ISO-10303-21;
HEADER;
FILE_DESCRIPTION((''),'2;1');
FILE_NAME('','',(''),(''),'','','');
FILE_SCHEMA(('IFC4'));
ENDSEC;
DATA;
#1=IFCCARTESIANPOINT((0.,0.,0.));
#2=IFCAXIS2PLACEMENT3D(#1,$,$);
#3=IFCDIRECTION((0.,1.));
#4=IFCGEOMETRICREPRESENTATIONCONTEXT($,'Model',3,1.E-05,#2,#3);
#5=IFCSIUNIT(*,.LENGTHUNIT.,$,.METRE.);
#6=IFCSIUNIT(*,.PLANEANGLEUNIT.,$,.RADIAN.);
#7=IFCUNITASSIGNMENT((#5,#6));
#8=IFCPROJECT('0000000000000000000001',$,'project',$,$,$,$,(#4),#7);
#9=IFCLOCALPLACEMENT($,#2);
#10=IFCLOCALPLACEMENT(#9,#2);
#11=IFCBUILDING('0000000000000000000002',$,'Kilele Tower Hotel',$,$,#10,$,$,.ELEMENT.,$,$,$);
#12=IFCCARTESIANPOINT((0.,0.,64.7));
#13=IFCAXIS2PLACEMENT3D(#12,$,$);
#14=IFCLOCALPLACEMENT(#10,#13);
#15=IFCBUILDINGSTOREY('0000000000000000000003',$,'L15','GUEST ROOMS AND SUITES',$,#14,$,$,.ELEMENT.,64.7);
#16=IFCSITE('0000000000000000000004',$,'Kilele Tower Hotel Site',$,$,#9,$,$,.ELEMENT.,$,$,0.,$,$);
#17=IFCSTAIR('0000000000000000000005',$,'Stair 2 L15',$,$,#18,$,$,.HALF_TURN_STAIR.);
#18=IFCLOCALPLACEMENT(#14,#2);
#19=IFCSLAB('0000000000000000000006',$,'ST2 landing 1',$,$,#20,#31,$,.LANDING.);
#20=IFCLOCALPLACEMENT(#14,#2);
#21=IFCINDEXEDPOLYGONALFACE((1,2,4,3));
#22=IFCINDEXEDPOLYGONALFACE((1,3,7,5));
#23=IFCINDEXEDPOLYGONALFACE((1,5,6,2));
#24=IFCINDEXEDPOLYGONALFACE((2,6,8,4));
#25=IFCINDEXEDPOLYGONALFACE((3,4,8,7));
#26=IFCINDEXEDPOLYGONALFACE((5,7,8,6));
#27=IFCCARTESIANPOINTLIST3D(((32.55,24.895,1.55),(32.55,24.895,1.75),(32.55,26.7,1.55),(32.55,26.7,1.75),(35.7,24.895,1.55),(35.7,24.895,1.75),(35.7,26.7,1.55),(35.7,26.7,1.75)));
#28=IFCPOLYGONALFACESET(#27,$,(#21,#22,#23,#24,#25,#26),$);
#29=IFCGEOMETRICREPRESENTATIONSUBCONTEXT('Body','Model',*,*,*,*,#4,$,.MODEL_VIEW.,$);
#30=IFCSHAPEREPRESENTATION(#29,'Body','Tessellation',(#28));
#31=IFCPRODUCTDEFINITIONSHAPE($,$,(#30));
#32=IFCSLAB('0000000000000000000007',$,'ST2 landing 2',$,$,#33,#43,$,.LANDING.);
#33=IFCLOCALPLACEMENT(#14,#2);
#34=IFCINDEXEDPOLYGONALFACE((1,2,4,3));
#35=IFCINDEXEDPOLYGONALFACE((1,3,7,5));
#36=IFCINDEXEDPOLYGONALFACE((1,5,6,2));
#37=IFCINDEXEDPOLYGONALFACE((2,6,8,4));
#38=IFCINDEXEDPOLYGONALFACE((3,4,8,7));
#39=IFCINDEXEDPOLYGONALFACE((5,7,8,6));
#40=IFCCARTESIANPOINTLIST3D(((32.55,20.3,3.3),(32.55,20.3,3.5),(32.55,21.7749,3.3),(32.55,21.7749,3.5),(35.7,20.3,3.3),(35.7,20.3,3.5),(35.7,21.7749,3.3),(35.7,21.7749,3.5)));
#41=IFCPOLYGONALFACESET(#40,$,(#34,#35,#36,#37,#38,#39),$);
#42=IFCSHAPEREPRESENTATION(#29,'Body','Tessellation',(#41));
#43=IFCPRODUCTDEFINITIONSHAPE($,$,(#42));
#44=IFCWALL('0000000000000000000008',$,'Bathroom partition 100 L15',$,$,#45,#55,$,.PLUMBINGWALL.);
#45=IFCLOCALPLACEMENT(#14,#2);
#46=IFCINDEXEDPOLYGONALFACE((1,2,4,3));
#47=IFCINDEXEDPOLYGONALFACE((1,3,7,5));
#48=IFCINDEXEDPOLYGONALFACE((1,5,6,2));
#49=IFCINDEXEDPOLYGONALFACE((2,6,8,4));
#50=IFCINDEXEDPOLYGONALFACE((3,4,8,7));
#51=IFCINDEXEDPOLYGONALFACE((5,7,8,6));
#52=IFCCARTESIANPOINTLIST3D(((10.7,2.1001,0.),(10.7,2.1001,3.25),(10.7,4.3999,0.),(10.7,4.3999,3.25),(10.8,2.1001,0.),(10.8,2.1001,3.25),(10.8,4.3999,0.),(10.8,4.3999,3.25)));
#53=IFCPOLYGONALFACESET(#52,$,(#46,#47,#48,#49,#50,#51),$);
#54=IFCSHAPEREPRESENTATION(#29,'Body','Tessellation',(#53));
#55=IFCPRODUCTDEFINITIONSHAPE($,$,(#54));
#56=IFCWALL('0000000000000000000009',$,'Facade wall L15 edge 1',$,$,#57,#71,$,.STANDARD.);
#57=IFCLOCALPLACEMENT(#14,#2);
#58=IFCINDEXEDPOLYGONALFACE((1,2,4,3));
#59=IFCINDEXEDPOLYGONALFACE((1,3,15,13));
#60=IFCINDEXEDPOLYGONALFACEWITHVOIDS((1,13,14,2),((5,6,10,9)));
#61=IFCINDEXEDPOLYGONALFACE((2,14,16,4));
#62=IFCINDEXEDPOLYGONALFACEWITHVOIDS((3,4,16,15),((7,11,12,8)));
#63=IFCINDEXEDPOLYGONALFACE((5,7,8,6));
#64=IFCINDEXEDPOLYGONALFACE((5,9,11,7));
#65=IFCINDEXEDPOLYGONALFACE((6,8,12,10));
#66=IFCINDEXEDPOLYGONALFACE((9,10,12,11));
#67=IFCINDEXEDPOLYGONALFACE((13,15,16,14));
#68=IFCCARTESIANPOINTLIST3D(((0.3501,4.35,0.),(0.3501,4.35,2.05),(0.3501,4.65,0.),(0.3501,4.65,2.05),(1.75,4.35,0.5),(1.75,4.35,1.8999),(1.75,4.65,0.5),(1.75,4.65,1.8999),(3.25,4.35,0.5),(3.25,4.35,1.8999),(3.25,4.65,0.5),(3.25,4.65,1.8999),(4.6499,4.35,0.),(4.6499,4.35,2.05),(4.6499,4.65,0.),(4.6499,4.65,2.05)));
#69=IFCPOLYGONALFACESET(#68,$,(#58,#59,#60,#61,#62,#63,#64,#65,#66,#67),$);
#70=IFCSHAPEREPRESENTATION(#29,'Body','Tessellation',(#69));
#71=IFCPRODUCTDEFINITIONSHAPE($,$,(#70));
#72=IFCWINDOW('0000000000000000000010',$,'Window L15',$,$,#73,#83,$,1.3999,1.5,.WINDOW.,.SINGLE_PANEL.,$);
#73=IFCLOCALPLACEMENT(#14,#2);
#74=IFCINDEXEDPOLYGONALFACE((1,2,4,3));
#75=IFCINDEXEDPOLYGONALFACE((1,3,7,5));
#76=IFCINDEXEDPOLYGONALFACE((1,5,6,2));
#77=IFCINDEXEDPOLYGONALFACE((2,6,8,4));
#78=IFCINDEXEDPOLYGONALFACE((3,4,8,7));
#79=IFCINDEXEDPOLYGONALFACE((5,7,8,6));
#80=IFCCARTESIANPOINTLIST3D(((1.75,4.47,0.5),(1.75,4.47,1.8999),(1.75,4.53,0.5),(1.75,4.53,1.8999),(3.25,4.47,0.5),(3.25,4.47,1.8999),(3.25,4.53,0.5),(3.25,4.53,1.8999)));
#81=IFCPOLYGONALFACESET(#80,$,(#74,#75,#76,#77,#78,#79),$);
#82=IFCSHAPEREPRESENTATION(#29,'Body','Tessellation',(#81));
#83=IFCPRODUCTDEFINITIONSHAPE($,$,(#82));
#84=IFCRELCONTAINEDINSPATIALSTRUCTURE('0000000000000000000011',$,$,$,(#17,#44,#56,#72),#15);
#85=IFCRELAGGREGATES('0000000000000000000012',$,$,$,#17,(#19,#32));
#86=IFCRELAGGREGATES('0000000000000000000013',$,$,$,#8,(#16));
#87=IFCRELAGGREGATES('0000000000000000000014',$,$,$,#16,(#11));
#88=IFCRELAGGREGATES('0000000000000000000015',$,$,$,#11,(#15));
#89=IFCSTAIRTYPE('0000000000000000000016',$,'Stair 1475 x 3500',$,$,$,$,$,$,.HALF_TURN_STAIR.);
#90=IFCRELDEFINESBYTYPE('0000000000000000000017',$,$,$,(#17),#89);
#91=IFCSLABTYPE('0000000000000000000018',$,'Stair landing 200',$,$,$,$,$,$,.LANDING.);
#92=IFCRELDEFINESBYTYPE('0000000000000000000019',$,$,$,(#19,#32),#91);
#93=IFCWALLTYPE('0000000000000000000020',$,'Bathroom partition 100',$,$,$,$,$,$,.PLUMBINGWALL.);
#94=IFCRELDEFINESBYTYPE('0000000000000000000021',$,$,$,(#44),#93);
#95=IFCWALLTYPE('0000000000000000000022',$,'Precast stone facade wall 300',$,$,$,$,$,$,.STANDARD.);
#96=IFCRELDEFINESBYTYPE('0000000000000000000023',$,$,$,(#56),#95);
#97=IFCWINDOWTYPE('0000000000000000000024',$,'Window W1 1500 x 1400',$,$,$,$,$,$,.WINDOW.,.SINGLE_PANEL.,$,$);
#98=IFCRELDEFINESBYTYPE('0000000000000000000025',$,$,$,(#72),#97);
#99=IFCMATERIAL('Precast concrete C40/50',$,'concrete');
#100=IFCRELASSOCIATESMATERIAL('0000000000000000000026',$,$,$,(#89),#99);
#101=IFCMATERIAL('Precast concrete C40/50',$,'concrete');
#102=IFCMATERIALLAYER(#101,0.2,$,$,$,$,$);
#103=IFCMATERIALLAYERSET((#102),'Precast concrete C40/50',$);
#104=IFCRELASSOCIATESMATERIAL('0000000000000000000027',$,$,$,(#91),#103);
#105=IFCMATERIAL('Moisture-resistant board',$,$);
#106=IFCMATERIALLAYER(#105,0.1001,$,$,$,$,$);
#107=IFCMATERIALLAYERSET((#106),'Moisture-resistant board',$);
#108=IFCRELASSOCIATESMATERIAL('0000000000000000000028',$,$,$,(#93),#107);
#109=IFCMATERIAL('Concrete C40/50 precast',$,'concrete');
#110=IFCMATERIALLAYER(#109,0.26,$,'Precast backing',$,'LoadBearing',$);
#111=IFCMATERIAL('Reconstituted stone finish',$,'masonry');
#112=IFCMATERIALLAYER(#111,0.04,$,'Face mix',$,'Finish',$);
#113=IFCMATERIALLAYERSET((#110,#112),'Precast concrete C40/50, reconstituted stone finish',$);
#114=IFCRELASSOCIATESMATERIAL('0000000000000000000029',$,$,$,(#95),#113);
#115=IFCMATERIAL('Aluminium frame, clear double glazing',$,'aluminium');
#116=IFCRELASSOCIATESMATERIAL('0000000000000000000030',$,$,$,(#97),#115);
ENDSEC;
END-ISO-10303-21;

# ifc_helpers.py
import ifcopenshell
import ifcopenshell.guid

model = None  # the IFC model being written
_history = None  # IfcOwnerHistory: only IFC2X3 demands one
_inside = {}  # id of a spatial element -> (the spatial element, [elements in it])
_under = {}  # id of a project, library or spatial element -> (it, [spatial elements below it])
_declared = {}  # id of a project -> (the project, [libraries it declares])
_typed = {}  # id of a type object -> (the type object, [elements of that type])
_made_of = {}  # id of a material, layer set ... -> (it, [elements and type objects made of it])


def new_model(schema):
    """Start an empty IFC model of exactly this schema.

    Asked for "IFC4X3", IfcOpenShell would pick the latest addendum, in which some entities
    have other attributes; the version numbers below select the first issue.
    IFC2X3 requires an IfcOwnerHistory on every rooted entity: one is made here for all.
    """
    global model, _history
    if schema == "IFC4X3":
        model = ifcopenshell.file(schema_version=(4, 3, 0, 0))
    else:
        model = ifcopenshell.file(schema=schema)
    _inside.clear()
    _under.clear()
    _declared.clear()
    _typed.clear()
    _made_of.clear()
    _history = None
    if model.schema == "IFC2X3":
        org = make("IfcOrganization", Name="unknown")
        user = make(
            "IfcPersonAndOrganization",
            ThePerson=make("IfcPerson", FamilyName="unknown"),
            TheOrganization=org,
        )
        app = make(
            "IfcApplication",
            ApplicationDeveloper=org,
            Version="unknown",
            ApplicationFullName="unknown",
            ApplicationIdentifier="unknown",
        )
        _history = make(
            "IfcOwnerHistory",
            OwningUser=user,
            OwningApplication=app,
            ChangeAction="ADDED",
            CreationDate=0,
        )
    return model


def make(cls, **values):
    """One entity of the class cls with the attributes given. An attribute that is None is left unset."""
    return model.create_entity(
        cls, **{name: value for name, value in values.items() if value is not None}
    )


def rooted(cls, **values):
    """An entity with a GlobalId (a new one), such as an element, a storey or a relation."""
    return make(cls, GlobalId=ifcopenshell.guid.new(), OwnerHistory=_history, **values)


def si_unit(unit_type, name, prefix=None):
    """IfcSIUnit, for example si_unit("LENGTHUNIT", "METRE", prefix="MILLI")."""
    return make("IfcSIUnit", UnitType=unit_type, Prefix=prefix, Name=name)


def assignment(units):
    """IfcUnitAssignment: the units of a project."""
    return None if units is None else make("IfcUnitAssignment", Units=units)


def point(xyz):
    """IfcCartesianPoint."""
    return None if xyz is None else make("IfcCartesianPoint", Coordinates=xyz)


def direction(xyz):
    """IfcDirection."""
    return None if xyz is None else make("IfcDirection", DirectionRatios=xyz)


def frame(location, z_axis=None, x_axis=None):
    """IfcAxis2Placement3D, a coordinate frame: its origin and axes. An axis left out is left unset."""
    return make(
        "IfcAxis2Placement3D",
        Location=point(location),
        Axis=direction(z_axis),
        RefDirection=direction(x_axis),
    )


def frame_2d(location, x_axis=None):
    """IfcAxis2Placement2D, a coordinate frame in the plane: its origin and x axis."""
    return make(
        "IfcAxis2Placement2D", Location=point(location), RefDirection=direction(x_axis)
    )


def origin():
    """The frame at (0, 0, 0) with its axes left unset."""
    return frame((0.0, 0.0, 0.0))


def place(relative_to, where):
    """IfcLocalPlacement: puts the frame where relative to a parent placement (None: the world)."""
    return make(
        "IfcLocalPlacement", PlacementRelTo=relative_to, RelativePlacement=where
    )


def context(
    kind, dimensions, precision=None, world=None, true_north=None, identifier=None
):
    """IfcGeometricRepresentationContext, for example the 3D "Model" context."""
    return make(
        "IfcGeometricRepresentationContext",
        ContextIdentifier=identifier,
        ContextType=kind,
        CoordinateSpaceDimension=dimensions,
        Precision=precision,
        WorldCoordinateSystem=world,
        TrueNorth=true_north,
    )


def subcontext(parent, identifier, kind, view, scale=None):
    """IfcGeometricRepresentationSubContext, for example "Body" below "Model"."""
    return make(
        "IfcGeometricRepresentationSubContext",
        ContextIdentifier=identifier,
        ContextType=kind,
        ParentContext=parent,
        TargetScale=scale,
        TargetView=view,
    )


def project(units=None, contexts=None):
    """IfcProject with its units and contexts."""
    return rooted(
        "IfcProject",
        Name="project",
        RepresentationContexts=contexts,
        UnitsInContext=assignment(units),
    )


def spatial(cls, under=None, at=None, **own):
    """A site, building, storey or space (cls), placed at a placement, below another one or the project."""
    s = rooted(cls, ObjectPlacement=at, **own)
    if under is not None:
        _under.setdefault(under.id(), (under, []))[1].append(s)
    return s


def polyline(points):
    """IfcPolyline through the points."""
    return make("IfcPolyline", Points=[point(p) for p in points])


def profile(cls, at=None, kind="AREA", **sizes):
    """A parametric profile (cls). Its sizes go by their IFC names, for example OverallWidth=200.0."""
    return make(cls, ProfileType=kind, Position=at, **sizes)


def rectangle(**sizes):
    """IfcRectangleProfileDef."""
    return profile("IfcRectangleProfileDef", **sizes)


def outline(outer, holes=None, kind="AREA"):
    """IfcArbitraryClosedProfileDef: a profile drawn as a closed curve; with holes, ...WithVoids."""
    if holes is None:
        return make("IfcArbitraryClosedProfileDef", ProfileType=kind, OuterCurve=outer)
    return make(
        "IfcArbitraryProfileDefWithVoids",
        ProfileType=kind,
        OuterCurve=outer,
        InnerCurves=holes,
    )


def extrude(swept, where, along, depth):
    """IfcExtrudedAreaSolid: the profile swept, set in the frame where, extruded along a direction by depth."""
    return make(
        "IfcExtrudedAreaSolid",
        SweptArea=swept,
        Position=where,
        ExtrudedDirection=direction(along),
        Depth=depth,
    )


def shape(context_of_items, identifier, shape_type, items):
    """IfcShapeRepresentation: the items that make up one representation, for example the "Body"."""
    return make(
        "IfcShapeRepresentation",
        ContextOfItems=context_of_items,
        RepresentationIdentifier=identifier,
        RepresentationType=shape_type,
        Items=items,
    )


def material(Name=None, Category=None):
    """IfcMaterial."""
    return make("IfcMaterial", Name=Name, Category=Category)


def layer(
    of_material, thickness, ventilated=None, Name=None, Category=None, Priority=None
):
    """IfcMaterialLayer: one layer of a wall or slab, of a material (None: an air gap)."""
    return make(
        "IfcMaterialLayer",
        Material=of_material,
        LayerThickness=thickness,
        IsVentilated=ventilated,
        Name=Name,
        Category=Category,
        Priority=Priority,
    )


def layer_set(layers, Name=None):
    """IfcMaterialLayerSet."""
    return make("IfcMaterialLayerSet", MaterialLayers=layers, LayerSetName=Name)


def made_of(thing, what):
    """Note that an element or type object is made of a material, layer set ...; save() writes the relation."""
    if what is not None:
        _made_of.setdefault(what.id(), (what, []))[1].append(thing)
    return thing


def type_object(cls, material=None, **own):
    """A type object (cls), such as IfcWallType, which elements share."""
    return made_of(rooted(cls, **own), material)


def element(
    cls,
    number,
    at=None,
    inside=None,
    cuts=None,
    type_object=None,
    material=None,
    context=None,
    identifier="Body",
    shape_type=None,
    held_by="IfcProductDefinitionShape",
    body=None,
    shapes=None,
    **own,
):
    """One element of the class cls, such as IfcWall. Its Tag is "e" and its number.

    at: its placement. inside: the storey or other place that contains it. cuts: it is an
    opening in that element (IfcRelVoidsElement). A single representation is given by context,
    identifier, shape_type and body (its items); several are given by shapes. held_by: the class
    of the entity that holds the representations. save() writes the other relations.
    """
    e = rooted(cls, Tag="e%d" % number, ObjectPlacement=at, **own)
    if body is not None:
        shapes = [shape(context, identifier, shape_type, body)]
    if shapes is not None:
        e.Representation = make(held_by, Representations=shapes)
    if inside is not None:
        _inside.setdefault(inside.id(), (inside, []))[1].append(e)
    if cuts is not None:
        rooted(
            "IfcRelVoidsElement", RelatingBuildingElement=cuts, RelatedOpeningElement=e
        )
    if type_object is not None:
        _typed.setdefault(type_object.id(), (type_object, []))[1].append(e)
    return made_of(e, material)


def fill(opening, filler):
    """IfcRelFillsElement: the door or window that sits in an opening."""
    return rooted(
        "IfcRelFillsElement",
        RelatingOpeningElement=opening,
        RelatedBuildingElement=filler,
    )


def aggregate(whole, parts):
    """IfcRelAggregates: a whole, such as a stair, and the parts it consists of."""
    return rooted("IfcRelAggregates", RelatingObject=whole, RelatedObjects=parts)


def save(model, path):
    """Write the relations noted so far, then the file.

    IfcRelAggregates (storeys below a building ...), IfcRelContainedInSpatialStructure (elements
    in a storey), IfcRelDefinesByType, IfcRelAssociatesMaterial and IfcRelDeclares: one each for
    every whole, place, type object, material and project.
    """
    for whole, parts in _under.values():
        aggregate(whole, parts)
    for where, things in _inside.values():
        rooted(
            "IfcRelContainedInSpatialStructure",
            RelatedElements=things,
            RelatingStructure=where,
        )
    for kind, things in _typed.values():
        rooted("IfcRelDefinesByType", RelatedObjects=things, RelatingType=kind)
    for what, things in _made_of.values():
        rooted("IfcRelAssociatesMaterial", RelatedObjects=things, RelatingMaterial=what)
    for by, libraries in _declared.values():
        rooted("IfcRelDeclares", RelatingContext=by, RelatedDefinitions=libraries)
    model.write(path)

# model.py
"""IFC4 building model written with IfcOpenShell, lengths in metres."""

from ifc_helpers import new_model, si_unit, direction, frame, frame_2d, origin, place, context, subcontext, project, spatial, polyline, rectangle, outline, extrude, material, layer, layer_set, type_object, element, fill, aggregate, save


model = new_model("IFC4")

# Units and contexts
model_context = context("Model", 3, precision=1e-05, world=origin(), true_north=direction((0.0, 1.0)))
body_context = subcontext(model_context, "Body", "Model", "MODEL_VIEW")
ifc_project = project(units=[si_unit("LENGTHUNIT", "METRE"), si_unit("PLANEANGLEUNIT", "RADIAN")], contexts=[model_context])

# Site, building, storey
site_placement = place(None, origin())
site = spatial("IfcSite", under=ifc_project, at=site_placement, Name="Kilele Tower Hotel Site", CompositionType="ELEMENT", RefElevation=0.0)
building_placement = place(site_placement, origin())
building = spatial("IfcBuilding", under=site, at=building_placement, Name="Kilele Tower Hotel", CompositionType="ELEMENT")
storey_placement = place(building_placement, frame((0.0, 0.0, 64.7)))
storey = spatial("IfcBuildingStorey", under=building, at=storey_placement, Name="L15", Description="GUEST ROOMS AND SUITES", CompositionType="ELEMENT", Elevation=64.7)

# Stair, slabs
ifc_material_1 = material(Name="Precast concrete C40/50", Category="concrete")
stair_type = type_object("IfcStairType", Name="Stair 1475 x 3500", PredefinedType="HALF_TURN_STAIR", material=ifc_material_1)
ifc_material_2 = material(Name="Precast concrete C40/50", Category="concrete")
ifc_layer_1 = layer(ifc_material_2, 0.2)
ifc_layer_set_1 = layer_set([ifc_layer_1], Name="Precast concrete C40/50")
slab_type_1 = type_object("IfcSlabType", Name="Stair landing 200", PredefinedType="LANDING", material=ifc_layer_set_1)
stair_1_placement = place(storey_placement, origin())
stair_1 = element("IfcStair", 1, at=stair_1_placement, inside=storey, type_object=stair_type, Name="Stair 2 L15", PredefinedType="HALF_TURN_STAIR")
slab_1_placement = place(storey_placement, frame((0.0, 0.0, 1.55)))
slab_1 = element("IfcSlab", 2, at=slab_1_placement, type_object=slab_type_1, Name="ST2 landing 1", PredefinedType="LANDING", context=body_context, shape_type="SweptSolid", body=[
    extrude(outline(polyline([(32.55, 24.895), (35.7, 24.895), (35.7, 26.7), (32.55, 26.7), (32.55, 24.895)])), origin(), (0.0, 0.0, 1.0), 0.2),
])
slab_2_placement = place(storey_placement, frame((0.0, 0.0, 3.3)))
slab_2 = element("IfcSlab", 3, at=slab_2_placement, type_object=slab_type_1, Name="ST2 landing 2", PredefinedType="LANDING", context=body_context, shape_type="SweptSolid", body=[
    extrude(outline(polyline([(32.55, 20.3), (35.7, 20.3), (35.7, 21.7749), (32.55, 21.7749), (32.55, 20.3)])), origin(), (0.0, 0.0, 1.0), 0.2),
])
aggregate(stair_1, [slab_1, slab_2])

# Wall
ifc_material_3 = material(Name="Moisture-resistant board")
ifc_layer_2 = layer(ifc_material_3, 0.1001)
ifc_layer_set_2 = layer_set([ifc_layer_2], Name="Moisture-resistant board")
wall_type_1 = type_object("IfcWallType", Name="Bathroom partition 100", PredefinedType="PLUMBINGWALL", material=ifc_layer_set_2)
wall_1_placement = place(storey_placement, frame((10.75, 4.3999, 0.0), z_axis=(0.0, 0.0, 1.0), x_axis=(0.0, -1.0, 0.0)))
element("IfcWall", 4, at=wall_1_placement, inside=storey, type_object=wall_type_1, Name="Bathroom partition 100 L15", PredefinedType="PLUMBINGWALL", context=body_context, shape_type="SweptSolid", body=[
    extrude(rectangle(XDim=2.2998, YDim=0.1001, at=frame_2d((1.1499, 0.0))), origin(), (0.0, 0.0, 1.0), 3.25),
])

# Wall, opening, window
ifc_material_4 = material(Name="Concrete C40/50 precast", Category="concrete")
ifc_layer_3 = layer(ifc_material_4, 0.26, Name="Precast backing", Category="LoadBearing")
ifc_material_5 = material(Name="Reconstituted stone finish", Category="masonry")
ifc_layer_4 = layer(ifc_material_5, 0.04, Name="Face mix", Category="Finish")
ifc_layer_set_3 = layer_set([ifc_layer_3, ifc_layer_4], Name="Precast concrete C40/50, reconstituted stone finish")
wall_type_2 = type_object("IfcWallType", Name="Precast stone facade wall 300", PredefinedType="STANDARD", material=ifc_layer_set_3)
wall_2_placement = place(storey_placement, frame((0.3501, 4.5, 0.0), z_axis=(0.0, 0.0, 1.0), x_axis=(1.0, 0.0, 0.0)))
wall_2 = element("IfcWall", 5, at=wall_2_placement, inside=storey, type_object=wall_type_2, Name="Facade wall L15 edge 1", PredefinedType="STANDARD", context=body_context, shape_type="SweptSolid", body=[
    extrude(rectangle(XDim=4.2998, YDim=0.3, at=frame_2d((2.1499, 0.0))), origin(), (0.0, 0.0, 1.0), 2.05),
])
opening_1_placement = place(wall_2_placement, frame((1.3999, 0.0, 0.5)))
opening_1 = element("IfcOpeningElement", 6, at=opening_1_placement, cuts=wall_2, PredefinedType="OPENING", context=body_context, shape_type="SweptSolid", body=[
    extrude(rectangle(XDim=1.5, YDim=1.3999, at=frame_2d((0.75, 0.7))), frame((0.0, 0.1599, 0.0), z_axis=(0.0, -1.0, 0.0), x_axis=(1.0, 0.0, 0.0)), (0.0, 0.0, 1.0), 0.3201),
])
ifc_material_6 = material(Name="Aluminium frame, clear double glazing", Category="aluminium")
window_type = type_object("IfcWindowType", Name="Window W1 1500 x 1400", PartitioningType="SINGLE_PANEL", PredefinedType="WINDOW", material=ifc_material_6)
window_1_placement = place(opening_1_placement, origin())
window_1 = element("IfcWindow", 7, at=window_1_placement, inside=storey, type_object=window_type, Name="Window L15", OverallHeight=1.3999, OverallWidth=1.5, PartitioningType="SINGLE_PANEL", PredefinedType="WINDOW", context=body_context, shape_type="SweptSolid", body=[
    extrude(rectangle(XDim=1.5, YDim=1.3999, at=frame_2d((0.75, 0.7))), frame((0.0, 0.03, 0.0), z_axis=(0.0, -1.0, 0.0), x_axis=(1.0, 0.0, 0.0)), (0.0, 0.0, 1.0), 0.0601),
])
fill(opening_1, window_1)

save(model, "model.ifc")
